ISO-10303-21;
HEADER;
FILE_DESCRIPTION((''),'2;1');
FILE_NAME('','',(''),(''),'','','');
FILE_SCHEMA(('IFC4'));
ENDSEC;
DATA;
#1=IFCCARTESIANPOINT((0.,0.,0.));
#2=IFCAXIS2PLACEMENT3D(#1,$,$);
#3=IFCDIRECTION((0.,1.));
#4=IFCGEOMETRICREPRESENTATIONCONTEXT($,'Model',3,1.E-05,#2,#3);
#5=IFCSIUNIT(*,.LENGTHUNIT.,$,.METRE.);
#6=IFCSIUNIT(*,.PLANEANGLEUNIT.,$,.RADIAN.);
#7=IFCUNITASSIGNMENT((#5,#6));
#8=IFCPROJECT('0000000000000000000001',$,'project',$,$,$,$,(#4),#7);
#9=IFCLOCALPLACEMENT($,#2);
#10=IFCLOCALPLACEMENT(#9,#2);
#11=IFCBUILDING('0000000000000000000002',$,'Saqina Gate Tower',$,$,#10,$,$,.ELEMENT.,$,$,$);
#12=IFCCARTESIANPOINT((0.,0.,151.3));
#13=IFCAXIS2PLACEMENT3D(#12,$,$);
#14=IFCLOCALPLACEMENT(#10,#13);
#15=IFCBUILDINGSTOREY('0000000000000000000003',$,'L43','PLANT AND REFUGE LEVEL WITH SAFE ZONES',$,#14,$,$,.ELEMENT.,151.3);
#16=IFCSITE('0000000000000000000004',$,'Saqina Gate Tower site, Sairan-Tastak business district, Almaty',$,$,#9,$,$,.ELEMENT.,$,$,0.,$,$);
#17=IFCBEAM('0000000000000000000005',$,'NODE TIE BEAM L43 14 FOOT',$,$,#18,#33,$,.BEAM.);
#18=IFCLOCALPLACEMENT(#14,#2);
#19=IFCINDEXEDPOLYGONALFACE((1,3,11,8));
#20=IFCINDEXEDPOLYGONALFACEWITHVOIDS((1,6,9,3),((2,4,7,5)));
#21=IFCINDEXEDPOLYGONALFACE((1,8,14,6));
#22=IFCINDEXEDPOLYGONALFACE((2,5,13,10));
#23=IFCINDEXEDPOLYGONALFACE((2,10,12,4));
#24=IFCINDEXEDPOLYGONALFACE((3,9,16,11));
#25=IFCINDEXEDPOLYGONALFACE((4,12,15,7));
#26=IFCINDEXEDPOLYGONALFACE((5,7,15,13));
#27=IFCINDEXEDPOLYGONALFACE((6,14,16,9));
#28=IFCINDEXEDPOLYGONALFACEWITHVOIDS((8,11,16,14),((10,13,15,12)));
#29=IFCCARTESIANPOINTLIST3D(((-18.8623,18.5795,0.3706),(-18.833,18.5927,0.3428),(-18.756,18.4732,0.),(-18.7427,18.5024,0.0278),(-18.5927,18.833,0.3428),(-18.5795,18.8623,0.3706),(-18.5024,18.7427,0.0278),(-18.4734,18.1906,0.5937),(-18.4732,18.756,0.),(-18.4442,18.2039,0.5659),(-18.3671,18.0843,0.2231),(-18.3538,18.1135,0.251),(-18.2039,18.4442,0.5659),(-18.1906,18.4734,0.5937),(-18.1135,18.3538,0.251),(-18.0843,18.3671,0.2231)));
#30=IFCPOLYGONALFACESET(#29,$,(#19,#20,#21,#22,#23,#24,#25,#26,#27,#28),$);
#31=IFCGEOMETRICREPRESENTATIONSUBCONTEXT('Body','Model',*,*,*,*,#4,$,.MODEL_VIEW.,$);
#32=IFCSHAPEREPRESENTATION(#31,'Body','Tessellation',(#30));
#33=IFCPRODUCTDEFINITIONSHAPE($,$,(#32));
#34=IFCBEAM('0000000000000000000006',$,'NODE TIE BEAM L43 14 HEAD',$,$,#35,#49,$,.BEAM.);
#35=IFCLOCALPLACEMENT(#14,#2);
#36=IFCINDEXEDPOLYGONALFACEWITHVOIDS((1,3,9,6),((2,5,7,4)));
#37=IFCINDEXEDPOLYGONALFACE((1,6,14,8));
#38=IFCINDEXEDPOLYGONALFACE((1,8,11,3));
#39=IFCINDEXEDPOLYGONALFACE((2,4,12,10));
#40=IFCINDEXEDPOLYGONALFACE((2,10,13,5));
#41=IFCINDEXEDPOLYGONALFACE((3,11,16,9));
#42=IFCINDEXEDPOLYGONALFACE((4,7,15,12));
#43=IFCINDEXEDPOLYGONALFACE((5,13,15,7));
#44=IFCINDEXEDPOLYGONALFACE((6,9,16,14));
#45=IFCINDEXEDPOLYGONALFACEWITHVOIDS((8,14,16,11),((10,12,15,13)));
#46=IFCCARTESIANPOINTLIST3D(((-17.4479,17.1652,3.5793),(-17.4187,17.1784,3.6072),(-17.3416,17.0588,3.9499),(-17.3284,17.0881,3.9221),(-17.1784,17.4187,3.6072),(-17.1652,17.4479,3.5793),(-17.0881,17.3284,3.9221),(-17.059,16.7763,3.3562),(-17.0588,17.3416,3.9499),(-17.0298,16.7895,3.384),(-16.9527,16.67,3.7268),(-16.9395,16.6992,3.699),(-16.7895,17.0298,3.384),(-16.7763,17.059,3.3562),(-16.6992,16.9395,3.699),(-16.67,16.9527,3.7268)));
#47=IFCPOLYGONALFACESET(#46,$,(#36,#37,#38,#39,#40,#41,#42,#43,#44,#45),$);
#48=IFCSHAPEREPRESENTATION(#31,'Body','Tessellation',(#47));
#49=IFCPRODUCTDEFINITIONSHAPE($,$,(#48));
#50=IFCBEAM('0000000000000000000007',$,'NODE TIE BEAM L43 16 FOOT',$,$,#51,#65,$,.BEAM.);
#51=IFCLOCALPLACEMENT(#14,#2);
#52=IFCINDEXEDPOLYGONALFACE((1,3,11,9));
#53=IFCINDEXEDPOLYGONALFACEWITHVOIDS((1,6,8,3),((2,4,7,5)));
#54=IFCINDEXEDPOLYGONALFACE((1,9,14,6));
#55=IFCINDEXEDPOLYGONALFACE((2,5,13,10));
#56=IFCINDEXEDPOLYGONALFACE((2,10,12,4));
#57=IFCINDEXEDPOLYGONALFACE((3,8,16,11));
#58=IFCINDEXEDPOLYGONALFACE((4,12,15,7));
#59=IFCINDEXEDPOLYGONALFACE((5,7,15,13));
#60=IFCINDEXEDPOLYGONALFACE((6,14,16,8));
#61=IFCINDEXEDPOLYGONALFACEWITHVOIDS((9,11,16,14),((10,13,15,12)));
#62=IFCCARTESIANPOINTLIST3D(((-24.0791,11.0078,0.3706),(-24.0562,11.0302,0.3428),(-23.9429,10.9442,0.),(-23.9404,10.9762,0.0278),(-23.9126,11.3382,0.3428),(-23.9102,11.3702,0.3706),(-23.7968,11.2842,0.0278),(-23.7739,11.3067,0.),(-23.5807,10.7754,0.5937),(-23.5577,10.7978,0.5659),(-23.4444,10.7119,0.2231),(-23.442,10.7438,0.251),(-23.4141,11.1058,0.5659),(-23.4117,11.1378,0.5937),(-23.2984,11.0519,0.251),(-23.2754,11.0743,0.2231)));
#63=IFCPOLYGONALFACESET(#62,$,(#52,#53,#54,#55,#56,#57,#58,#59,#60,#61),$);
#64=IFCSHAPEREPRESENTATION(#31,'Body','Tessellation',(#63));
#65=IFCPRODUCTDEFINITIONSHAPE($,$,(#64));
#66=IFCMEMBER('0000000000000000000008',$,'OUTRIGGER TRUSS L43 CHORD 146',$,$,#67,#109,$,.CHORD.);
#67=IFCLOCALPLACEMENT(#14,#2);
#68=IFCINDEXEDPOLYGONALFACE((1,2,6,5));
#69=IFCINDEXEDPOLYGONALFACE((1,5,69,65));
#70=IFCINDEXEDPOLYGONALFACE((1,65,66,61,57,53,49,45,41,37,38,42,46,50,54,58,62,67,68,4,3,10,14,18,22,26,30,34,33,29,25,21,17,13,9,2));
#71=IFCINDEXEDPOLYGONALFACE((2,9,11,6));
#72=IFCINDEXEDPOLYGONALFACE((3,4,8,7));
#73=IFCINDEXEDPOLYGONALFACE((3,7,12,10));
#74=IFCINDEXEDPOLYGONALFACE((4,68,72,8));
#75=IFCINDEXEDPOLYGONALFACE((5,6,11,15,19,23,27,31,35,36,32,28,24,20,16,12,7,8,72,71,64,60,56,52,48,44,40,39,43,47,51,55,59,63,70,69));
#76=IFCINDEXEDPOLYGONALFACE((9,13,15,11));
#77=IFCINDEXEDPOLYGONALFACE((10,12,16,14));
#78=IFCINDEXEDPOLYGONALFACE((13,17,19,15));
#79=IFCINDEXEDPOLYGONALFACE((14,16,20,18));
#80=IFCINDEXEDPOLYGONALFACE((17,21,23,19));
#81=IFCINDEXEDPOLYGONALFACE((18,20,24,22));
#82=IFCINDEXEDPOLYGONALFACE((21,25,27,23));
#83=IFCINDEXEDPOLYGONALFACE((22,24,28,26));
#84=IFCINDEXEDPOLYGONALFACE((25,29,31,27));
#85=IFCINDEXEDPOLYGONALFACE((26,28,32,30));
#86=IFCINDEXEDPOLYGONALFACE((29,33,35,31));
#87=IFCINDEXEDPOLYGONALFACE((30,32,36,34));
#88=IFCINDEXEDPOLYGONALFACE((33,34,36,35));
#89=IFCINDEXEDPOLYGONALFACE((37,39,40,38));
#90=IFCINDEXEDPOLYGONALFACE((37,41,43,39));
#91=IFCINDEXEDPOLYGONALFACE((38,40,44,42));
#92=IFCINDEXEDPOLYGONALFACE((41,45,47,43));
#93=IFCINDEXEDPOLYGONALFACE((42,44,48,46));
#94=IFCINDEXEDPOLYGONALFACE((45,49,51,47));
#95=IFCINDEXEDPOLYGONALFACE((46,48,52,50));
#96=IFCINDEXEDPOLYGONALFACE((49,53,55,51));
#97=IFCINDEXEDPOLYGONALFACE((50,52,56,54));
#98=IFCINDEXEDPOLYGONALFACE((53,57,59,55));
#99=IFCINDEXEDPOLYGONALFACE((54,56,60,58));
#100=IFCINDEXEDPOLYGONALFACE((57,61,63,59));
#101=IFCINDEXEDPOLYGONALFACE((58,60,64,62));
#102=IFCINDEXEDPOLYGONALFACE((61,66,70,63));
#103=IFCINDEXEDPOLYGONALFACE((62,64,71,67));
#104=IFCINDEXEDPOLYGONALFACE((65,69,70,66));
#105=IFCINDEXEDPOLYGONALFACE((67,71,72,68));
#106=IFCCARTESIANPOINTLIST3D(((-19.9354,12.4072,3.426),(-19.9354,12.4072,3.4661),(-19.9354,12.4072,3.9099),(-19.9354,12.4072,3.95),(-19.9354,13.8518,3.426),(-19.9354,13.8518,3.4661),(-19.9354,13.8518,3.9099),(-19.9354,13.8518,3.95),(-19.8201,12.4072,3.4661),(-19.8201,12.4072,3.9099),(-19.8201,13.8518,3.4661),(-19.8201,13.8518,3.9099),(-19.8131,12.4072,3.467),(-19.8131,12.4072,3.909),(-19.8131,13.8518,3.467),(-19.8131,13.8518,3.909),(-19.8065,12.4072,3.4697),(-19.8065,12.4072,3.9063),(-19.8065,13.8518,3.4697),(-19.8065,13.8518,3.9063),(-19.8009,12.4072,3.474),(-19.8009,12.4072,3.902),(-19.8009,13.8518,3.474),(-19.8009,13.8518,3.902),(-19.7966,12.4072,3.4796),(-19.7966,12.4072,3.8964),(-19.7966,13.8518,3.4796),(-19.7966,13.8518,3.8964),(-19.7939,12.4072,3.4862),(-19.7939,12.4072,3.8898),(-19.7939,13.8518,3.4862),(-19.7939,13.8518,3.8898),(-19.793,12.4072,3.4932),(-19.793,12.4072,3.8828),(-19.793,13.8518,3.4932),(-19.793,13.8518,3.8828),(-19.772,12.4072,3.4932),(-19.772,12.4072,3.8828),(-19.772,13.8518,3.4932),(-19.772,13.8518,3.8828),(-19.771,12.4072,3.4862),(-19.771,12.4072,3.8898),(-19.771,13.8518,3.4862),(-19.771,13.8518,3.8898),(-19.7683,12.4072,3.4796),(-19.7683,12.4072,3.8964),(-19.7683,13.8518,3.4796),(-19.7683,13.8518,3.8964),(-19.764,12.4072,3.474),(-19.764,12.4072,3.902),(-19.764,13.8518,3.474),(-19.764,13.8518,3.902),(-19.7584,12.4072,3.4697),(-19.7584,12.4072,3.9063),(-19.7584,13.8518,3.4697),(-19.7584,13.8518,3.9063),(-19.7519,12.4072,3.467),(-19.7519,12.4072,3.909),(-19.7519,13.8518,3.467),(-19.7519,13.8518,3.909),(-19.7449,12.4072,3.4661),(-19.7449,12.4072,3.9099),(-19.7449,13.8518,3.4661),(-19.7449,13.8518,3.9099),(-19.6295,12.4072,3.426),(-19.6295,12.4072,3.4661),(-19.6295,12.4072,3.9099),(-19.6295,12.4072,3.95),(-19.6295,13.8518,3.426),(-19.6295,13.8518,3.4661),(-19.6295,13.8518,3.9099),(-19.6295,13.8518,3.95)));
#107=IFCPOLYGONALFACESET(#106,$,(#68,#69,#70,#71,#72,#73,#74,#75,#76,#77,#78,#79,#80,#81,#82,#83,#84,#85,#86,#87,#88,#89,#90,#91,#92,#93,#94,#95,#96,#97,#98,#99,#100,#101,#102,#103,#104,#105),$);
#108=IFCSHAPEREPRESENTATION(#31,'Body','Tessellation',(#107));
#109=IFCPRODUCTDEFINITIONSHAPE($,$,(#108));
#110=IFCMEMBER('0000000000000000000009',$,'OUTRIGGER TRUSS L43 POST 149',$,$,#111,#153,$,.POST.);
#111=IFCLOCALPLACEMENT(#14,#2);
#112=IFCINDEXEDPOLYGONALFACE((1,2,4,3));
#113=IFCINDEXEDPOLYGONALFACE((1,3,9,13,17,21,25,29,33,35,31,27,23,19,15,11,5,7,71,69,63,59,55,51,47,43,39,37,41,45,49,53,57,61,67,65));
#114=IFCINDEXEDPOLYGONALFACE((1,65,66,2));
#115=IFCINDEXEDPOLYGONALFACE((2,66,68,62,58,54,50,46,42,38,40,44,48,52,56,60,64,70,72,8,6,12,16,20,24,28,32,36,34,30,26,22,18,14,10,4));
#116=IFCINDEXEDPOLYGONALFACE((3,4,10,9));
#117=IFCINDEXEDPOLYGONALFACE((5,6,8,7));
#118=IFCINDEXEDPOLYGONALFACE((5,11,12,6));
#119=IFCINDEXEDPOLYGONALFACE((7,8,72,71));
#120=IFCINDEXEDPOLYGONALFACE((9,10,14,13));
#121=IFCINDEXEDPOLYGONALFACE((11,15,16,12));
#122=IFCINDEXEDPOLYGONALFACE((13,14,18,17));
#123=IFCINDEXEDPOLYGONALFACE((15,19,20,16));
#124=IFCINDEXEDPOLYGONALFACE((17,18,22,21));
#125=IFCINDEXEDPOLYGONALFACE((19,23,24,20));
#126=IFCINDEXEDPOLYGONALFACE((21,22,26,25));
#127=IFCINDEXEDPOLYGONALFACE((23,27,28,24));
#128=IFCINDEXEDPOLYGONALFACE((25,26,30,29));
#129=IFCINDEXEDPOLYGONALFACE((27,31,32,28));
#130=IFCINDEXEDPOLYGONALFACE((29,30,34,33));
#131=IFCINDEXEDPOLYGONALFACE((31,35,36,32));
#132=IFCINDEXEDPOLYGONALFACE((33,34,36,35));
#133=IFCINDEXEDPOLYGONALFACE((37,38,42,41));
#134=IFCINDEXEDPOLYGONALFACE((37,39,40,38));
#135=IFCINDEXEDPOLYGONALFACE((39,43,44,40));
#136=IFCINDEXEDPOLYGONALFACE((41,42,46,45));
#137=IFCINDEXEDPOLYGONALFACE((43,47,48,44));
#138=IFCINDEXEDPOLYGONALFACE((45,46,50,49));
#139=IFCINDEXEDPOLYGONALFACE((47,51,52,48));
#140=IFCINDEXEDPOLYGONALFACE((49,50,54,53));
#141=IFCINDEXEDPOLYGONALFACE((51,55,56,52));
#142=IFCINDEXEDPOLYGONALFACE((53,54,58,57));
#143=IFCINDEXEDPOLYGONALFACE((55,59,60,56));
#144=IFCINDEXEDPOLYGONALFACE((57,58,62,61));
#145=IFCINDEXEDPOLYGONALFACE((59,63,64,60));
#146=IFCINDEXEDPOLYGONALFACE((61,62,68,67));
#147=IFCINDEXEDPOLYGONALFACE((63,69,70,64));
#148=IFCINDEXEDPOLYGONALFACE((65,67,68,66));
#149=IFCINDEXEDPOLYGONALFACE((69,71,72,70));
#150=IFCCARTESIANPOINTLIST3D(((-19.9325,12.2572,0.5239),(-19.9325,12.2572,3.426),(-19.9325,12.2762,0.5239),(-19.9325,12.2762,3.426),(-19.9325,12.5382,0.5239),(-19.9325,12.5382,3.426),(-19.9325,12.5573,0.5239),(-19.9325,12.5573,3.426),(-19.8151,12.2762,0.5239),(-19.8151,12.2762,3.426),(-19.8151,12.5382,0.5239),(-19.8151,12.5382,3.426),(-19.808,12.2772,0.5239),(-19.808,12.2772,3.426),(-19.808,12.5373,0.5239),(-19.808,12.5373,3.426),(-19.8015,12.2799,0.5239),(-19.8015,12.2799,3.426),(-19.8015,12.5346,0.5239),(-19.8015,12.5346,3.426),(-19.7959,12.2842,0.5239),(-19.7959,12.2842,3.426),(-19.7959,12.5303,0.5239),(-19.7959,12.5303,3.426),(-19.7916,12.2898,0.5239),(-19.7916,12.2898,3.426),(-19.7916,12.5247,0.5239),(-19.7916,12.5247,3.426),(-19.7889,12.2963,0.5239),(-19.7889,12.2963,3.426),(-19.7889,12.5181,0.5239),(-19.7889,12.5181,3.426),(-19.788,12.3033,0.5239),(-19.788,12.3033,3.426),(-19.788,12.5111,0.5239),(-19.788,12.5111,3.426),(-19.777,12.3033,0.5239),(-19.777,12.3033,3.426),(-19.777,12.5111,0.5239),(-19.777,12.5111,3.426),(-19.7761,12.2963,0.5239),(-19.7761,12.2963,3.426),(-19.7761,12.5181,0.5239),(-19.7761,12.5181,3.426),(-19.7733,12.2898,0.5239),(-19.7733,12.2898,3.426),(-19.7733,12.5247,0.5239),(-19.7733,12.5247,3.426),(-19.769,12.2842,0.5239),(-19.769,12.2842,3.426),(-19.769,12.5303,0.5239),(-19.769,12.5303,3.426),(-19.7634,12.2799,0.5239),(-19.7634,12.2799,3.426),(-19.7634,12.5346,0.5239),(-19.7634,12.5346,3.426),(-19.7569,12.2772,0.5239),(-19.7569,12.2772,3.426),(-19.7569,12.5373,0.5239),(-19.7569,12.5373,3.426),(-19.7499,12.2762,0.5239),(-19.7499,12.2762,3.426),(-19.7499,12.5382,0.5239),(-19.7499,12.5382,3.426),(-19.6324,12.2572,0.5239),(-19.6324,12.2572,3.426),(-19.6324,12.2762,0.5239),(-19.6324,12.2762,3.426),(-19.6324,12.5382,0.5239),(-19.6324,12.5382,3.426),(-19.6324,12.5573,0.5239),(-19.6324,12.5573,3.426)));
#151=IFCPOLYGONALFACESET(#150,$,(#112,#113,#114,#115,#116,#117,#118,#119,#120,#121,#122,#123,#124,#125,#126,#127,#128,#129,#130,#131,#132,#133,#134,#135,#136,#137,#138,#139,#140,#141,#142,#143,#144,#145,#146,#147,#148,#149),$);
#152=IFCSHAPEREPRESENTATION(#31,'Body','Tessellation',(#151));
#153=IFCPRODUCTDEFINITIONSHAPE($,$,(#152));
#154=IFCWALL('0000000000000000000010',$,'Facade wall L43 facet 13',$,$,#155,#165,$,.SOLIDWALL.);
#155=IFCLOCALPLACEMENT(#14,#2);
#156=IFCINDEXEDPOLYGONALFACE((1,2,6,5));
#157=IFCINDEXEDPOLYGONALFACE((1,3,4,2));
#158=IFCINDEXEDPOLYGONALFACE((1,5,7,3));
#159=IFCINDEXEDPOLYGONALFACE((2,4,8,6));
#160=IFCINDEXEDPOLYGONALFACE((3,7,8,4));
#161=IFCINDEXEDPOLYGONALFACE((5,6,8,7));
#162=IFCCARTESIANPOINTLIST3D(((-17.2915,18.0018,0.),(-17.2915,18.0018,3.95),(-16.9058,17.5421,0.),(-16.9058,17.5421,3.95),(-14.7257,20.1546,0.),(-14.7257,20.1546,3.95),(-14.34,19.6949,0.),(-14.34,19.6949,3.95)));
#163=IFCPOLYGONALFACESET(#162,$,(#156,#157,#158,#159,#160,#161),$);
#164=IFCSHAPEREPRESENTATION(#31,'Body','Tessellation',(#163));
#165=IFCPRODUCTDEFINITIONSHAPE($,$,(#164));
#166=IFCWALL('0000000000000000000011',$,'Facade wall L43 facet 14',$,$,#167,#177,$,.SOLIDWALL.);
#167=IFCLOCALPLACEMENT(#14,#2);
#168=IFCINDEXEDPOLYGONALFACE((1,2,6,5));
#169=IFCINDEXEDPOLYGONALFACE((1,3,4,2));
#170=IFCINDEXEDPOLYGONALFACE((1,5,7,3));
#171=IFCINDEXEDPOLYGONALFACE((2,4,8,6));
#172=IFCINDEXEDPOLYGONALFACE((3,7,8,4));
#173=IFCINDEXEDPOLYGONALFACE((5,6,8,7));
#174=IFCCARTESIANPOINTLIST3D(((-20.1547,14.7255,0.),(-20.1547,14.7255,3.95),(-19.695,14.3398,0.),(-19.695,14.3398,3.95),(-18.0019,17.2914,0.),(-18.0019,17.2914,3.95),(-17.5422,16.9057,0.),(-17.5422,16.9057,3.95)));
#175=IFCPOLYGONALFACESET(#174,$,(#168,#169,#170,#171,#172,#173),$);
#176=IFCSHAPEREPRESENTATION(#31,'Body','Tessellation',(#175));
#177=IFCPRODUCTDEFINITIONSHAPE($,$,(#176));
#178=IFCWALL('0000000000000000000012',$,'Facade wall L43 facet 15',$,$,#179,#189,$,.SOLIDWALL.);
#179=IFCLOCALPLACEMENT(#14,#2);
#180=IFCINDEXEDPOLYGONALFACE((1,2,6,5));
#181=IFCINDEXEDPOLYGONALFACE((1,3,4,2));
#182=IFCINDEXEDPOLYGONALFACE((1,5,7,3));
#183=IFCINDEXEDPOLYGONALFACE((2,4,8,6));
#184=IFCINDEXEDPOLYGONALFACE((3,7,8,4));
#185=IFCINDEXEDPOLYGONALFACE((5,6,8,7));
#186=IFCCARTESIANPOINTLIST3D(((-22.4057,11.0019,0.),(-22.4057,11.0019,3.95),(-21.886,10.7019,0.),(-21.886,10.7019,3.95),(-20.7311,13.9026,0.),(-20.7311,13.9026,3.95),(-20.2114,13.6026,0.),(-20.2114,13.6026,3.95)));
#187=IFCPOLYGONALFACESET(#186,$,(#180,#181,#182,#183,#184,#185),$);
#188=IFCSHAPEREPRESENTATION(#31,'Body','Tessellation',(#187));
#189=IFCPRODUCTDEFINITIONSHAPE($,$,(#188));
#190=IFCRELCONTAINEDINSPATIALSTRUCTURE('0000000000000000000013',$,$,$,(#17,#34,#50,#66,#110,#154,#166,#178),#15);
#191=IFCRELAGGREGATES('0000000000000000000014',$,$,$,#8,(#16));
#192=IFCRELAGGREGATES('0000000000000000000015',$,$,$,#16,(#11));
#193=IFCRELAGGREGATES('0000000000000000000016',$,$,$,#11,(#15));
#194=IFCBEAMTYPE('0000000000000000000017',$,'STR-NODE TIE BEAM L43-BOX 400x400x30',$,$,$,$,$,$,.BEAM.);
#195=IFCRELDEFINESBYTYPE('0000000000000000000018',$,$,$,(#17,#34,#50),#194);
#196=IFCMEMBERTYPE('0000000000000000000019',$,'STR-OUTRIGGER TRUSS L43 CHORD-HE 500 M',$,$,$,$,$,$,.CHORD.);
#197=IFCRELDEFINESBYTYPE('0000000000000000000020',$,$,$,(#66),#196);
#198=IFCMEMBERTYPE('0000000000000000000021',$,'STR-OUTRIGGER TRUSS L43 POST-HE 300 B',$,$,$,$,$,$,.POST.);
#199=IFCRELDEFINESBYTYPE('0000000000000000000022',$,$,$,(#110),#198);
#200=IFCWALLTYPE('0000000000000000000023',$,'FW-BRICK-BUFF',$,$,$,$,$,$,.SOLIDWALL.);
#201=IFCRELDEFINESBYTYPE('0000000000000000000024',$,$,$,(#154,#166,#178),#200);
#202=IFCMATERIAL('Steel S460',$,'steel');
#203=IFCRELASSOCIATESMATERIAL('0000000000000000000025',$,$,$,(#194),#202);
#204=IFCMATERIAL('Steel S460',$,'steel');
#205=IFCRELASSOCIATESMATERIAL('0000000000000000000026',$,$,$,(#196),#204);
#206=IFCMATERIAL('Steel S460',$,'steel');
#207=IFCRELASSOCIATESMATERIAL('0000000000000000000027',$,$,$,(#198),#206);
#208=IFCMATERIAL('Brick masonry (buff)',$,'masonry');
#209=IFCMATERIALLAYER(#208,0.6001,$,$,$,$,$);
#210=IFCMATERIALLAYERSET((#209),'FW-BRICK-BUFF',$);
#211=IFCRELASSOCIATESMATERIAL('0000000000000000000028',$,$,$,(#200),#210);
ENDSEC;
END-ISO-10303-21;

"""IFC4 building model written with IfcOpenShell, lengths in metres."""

from ifc_helpers import new_model, si_unit, direction, frame, frame_2d, origin, origin_2d, place, context, subcontext, project, spatial, rectangle, hollow_rectangle, i_section, extrude, material, layer, layer_set, material_profile, profile_set, type_object, element, save


model = new_model("IFC4")

# Units and contexts
model_context = context("Model", 3, precision=1e-05, world=origin(), true_north=direction((0.0, 1.0)))
body_context = subcontext(model_context, "Body", "Model", "MODEL_VIEW")
ifc_project = project(units=[si_unit("LENGTHUNIT", "METRE"), si_unit("PLANEANGLEUNIT", "RADIAN")], contexts=[model_context])

# Site, building, storey
site_placement = place(None, origin())
site = spatial("IfcSite", under=ifc_project, at=site_placement, Name="Saqina Gate Tower site, Sairan-Tastak business district, Almaty", CompositionType="ELEMENT", RefElevation=0.0)
building_placement = place(site_placement, origin())
building = spatial("IfcBuilding", under=site, at=building_placement, Name="Saqina Gate Tower", CompositionType="ELEMENT")
storey_placement = place(building_placement, frame((0.0, 0.0, 151.3)))
storey = spatial("IfcBuildingStorey", under=building, at=storey_placement, Name="L43", Description="PLANT AND REFUGE LEVEL WITH SAFE ZONES", CompositionType="ELEMENT", Elevation=151.3)

# Beams
ifc_material_1 = material(Name="Steel S460", Category="steel")
ifc_material_profile_1 = material_profile(ifc_material_1, hollow_rectangle(XDim=0.3999, YDim=0.3999, WallThickness=0.03, at=origin_2d()), Name="BOX 400x400x30")
ifc_profile_set_1 = profile_set([ifc_material_profile_1], Name="Steel S460")
beam_type = type_object("IfcBeamType", Name="STR-NODE TIE BEAM L43-BOX 400x400x30", PredefinedType="BEAM", material=ifc_profile_set_1)
for number, where, z_axis, x_axis, name in (
    (1, (-18.6677, 18.6677, 0.1853), (0.655234, -0.655234, 0.375947), (0.707107, 0.707107, 0.0), "NODE TIE BEAM L43 14 FOOT"),
    (2, (-16.8645, 16.8645, 3.5415), (-0.655234, 0.655234, 0.375947), (-0.707107, -0.707107, 0.0), "NODE TIE BEAM L43 14 HEAD"),
    (3, (-23.9265, 11.1572, 0.1853), (0.839863, -0.391552, 0.375923), (0.422545, 0.906342, 0.0), "NODE TIE BEAM L43 16 FOOT"),
):
    element("IfcBeam", number, at=place(storey_placement, frame(where, z_axis=z_axis, x_axis=x_axis)), inside=storey, type_object=beam_type, Name=name, PredefinedType="BEAM", context=body_context, shape_type="SweptSolid", body=[
        extrude(hollow_rectangle(XDim=0.3999, YDim=0.3999, WallThickness=0.03, at=origin_2d()), origin(), (0.0, 0.0, 1.0), 0.5935),
    ])

# Members
ifc_material_2 = material(Name="Steel S460", Category="steel")
ifc_material_profile_2 = material_profile(ifc_material_2, i_section(OverallWidth=0.3059, OverallDepth=0.5239, WebThickness=0.021, FlangeThickness=0.04, FilletRadius=0.0271, at=origin_2d()), Name="HE 500 M")
ifc_profile_set_2 = profile_set([ifc_material_profile_2], Name="Steel S460")
member_type_1 = type_object("IfcMemberType", Name="STR-OUTRIGGER TRUSS L43 CHORD-HE 500 M", PredefinedType="CHORD", material=ifc_profile_set_2)
member_1_placement = place(storey_placement, frame((-19.7825, 12.4072, 3.688), z_axis=(0.0, 1.0, 0.0), x_axis=(-1.0, 0.0, 0.0)))
element("IfcMember", 4, at=member_1_placement, inside=storey, type_object=member_type_1, Name="OUTRIGGER TRUSS L43 CHORD 146", PredefinedType="CHORD", context=body_context, shape_type="SweptSolid", body=[
    extrude(i_section(OverallWidth=0.3059, OverallDepth=0.5239, WebThickness=0.021, FlangeThickness=0.04, FilletRadius=0.0271, at=origin_2d()), origin(), (0.0, 0.0, 1.0), 1.4446),
])
ifc_material_3 = material(Name="Steel S460", Category="steel")
ifc_material_profile_3 = material_profile(ifc_material_3, i_section(OverallWidth=0.3, OverallDepth=0.3, WebThickness=0.011, FlangeThickness=0.019, FilletRadius=0.0271, at=origin_2d()), Name="HE 300 B")
ifc_profile_set_3 = profile_set([ifc_material_profile_3], Name="Steel S460")
member_type_2 = type_object("IfcMemberType", Name="STR-OUTRIGGER TRUSS L43 POST-HE 300 B", PredefinedType="POST", material=ifc_profile_set_3)
member_2_placement = place(storey_placement, frame((-19.7825, 12.4072, 0.5239), z_axis=(0.0, 0.0, 1.0), x_axis=(1.0, 0.0, 0.0)))
element("IfcMember", 5, at=member_2_placement, inside=storey, type_object=member_type_2, Name="OUTRIGGER TRUSS L43 POST 149", PredefinedType="POST", context=body_context, shape_type="SweptSolid", body=[
    extrude(i_section(OverallWidth=0.3, OverallDepth=0.3, WebThickness=0.011, FlangeThickness=0.019, FilletRadius=0.0271, at=origin_2d()), origin(), (0.0, 0.0, 1.0), 2.9021),
])

# Walls
ifc_material_4 = material(Name="Brick masonry (buff)", Category="masonry")
ifc_layer_1 = layer(ifc_material_4, 0.6001)
ifc_layer_set_1 = layer_set([ifc_layer_1], Name="FW-BRICK-BUFF")
wall_type_1 = type_object("IfcWallType", Name="FW-BRICK-BUFF", PredefinedType="SOLIDWALL", material=ifc_layer_set_1)
for number, where, z_axis, x_axis, name in (
    (6, (-14.5327, 19.9248, 0.0), (0.0, 0.0, 1.0), (-0.766078, -0.642748, 0.0), "Facade wall L43 facet 13"),
    (7, (-17.772, 17.0986, 0.0), (0.0, 0.0, 1.0), (-0.642748, -0.766078, 0.0), "Facade wall L43 facet 14"),
    (8, (-20.4712, 13.7527, 0.0), (0.0, 0.0, 1.0), (-0.499973, -0.866041, 0.0), "Facade wall L43 facet 15"),
):
    element("IfcWall", number, at=place(storey_placement, frame(where, z_axis=z_axis, x_axis=x_axis)), inside=storey, type_object=wall_type_1, Name=name, PredefinedType="SOLIDWALL", context=body_context, shape_type="SweptSolid", body=[
        extrude(rectangle(XDim=3.3494, YDim=0.6001, at=frame_2d((1.6748, 0.0))), origin(), (0.0, 0.0, 1.0), 3.95),
    ])

save(model, "model.ifc")
